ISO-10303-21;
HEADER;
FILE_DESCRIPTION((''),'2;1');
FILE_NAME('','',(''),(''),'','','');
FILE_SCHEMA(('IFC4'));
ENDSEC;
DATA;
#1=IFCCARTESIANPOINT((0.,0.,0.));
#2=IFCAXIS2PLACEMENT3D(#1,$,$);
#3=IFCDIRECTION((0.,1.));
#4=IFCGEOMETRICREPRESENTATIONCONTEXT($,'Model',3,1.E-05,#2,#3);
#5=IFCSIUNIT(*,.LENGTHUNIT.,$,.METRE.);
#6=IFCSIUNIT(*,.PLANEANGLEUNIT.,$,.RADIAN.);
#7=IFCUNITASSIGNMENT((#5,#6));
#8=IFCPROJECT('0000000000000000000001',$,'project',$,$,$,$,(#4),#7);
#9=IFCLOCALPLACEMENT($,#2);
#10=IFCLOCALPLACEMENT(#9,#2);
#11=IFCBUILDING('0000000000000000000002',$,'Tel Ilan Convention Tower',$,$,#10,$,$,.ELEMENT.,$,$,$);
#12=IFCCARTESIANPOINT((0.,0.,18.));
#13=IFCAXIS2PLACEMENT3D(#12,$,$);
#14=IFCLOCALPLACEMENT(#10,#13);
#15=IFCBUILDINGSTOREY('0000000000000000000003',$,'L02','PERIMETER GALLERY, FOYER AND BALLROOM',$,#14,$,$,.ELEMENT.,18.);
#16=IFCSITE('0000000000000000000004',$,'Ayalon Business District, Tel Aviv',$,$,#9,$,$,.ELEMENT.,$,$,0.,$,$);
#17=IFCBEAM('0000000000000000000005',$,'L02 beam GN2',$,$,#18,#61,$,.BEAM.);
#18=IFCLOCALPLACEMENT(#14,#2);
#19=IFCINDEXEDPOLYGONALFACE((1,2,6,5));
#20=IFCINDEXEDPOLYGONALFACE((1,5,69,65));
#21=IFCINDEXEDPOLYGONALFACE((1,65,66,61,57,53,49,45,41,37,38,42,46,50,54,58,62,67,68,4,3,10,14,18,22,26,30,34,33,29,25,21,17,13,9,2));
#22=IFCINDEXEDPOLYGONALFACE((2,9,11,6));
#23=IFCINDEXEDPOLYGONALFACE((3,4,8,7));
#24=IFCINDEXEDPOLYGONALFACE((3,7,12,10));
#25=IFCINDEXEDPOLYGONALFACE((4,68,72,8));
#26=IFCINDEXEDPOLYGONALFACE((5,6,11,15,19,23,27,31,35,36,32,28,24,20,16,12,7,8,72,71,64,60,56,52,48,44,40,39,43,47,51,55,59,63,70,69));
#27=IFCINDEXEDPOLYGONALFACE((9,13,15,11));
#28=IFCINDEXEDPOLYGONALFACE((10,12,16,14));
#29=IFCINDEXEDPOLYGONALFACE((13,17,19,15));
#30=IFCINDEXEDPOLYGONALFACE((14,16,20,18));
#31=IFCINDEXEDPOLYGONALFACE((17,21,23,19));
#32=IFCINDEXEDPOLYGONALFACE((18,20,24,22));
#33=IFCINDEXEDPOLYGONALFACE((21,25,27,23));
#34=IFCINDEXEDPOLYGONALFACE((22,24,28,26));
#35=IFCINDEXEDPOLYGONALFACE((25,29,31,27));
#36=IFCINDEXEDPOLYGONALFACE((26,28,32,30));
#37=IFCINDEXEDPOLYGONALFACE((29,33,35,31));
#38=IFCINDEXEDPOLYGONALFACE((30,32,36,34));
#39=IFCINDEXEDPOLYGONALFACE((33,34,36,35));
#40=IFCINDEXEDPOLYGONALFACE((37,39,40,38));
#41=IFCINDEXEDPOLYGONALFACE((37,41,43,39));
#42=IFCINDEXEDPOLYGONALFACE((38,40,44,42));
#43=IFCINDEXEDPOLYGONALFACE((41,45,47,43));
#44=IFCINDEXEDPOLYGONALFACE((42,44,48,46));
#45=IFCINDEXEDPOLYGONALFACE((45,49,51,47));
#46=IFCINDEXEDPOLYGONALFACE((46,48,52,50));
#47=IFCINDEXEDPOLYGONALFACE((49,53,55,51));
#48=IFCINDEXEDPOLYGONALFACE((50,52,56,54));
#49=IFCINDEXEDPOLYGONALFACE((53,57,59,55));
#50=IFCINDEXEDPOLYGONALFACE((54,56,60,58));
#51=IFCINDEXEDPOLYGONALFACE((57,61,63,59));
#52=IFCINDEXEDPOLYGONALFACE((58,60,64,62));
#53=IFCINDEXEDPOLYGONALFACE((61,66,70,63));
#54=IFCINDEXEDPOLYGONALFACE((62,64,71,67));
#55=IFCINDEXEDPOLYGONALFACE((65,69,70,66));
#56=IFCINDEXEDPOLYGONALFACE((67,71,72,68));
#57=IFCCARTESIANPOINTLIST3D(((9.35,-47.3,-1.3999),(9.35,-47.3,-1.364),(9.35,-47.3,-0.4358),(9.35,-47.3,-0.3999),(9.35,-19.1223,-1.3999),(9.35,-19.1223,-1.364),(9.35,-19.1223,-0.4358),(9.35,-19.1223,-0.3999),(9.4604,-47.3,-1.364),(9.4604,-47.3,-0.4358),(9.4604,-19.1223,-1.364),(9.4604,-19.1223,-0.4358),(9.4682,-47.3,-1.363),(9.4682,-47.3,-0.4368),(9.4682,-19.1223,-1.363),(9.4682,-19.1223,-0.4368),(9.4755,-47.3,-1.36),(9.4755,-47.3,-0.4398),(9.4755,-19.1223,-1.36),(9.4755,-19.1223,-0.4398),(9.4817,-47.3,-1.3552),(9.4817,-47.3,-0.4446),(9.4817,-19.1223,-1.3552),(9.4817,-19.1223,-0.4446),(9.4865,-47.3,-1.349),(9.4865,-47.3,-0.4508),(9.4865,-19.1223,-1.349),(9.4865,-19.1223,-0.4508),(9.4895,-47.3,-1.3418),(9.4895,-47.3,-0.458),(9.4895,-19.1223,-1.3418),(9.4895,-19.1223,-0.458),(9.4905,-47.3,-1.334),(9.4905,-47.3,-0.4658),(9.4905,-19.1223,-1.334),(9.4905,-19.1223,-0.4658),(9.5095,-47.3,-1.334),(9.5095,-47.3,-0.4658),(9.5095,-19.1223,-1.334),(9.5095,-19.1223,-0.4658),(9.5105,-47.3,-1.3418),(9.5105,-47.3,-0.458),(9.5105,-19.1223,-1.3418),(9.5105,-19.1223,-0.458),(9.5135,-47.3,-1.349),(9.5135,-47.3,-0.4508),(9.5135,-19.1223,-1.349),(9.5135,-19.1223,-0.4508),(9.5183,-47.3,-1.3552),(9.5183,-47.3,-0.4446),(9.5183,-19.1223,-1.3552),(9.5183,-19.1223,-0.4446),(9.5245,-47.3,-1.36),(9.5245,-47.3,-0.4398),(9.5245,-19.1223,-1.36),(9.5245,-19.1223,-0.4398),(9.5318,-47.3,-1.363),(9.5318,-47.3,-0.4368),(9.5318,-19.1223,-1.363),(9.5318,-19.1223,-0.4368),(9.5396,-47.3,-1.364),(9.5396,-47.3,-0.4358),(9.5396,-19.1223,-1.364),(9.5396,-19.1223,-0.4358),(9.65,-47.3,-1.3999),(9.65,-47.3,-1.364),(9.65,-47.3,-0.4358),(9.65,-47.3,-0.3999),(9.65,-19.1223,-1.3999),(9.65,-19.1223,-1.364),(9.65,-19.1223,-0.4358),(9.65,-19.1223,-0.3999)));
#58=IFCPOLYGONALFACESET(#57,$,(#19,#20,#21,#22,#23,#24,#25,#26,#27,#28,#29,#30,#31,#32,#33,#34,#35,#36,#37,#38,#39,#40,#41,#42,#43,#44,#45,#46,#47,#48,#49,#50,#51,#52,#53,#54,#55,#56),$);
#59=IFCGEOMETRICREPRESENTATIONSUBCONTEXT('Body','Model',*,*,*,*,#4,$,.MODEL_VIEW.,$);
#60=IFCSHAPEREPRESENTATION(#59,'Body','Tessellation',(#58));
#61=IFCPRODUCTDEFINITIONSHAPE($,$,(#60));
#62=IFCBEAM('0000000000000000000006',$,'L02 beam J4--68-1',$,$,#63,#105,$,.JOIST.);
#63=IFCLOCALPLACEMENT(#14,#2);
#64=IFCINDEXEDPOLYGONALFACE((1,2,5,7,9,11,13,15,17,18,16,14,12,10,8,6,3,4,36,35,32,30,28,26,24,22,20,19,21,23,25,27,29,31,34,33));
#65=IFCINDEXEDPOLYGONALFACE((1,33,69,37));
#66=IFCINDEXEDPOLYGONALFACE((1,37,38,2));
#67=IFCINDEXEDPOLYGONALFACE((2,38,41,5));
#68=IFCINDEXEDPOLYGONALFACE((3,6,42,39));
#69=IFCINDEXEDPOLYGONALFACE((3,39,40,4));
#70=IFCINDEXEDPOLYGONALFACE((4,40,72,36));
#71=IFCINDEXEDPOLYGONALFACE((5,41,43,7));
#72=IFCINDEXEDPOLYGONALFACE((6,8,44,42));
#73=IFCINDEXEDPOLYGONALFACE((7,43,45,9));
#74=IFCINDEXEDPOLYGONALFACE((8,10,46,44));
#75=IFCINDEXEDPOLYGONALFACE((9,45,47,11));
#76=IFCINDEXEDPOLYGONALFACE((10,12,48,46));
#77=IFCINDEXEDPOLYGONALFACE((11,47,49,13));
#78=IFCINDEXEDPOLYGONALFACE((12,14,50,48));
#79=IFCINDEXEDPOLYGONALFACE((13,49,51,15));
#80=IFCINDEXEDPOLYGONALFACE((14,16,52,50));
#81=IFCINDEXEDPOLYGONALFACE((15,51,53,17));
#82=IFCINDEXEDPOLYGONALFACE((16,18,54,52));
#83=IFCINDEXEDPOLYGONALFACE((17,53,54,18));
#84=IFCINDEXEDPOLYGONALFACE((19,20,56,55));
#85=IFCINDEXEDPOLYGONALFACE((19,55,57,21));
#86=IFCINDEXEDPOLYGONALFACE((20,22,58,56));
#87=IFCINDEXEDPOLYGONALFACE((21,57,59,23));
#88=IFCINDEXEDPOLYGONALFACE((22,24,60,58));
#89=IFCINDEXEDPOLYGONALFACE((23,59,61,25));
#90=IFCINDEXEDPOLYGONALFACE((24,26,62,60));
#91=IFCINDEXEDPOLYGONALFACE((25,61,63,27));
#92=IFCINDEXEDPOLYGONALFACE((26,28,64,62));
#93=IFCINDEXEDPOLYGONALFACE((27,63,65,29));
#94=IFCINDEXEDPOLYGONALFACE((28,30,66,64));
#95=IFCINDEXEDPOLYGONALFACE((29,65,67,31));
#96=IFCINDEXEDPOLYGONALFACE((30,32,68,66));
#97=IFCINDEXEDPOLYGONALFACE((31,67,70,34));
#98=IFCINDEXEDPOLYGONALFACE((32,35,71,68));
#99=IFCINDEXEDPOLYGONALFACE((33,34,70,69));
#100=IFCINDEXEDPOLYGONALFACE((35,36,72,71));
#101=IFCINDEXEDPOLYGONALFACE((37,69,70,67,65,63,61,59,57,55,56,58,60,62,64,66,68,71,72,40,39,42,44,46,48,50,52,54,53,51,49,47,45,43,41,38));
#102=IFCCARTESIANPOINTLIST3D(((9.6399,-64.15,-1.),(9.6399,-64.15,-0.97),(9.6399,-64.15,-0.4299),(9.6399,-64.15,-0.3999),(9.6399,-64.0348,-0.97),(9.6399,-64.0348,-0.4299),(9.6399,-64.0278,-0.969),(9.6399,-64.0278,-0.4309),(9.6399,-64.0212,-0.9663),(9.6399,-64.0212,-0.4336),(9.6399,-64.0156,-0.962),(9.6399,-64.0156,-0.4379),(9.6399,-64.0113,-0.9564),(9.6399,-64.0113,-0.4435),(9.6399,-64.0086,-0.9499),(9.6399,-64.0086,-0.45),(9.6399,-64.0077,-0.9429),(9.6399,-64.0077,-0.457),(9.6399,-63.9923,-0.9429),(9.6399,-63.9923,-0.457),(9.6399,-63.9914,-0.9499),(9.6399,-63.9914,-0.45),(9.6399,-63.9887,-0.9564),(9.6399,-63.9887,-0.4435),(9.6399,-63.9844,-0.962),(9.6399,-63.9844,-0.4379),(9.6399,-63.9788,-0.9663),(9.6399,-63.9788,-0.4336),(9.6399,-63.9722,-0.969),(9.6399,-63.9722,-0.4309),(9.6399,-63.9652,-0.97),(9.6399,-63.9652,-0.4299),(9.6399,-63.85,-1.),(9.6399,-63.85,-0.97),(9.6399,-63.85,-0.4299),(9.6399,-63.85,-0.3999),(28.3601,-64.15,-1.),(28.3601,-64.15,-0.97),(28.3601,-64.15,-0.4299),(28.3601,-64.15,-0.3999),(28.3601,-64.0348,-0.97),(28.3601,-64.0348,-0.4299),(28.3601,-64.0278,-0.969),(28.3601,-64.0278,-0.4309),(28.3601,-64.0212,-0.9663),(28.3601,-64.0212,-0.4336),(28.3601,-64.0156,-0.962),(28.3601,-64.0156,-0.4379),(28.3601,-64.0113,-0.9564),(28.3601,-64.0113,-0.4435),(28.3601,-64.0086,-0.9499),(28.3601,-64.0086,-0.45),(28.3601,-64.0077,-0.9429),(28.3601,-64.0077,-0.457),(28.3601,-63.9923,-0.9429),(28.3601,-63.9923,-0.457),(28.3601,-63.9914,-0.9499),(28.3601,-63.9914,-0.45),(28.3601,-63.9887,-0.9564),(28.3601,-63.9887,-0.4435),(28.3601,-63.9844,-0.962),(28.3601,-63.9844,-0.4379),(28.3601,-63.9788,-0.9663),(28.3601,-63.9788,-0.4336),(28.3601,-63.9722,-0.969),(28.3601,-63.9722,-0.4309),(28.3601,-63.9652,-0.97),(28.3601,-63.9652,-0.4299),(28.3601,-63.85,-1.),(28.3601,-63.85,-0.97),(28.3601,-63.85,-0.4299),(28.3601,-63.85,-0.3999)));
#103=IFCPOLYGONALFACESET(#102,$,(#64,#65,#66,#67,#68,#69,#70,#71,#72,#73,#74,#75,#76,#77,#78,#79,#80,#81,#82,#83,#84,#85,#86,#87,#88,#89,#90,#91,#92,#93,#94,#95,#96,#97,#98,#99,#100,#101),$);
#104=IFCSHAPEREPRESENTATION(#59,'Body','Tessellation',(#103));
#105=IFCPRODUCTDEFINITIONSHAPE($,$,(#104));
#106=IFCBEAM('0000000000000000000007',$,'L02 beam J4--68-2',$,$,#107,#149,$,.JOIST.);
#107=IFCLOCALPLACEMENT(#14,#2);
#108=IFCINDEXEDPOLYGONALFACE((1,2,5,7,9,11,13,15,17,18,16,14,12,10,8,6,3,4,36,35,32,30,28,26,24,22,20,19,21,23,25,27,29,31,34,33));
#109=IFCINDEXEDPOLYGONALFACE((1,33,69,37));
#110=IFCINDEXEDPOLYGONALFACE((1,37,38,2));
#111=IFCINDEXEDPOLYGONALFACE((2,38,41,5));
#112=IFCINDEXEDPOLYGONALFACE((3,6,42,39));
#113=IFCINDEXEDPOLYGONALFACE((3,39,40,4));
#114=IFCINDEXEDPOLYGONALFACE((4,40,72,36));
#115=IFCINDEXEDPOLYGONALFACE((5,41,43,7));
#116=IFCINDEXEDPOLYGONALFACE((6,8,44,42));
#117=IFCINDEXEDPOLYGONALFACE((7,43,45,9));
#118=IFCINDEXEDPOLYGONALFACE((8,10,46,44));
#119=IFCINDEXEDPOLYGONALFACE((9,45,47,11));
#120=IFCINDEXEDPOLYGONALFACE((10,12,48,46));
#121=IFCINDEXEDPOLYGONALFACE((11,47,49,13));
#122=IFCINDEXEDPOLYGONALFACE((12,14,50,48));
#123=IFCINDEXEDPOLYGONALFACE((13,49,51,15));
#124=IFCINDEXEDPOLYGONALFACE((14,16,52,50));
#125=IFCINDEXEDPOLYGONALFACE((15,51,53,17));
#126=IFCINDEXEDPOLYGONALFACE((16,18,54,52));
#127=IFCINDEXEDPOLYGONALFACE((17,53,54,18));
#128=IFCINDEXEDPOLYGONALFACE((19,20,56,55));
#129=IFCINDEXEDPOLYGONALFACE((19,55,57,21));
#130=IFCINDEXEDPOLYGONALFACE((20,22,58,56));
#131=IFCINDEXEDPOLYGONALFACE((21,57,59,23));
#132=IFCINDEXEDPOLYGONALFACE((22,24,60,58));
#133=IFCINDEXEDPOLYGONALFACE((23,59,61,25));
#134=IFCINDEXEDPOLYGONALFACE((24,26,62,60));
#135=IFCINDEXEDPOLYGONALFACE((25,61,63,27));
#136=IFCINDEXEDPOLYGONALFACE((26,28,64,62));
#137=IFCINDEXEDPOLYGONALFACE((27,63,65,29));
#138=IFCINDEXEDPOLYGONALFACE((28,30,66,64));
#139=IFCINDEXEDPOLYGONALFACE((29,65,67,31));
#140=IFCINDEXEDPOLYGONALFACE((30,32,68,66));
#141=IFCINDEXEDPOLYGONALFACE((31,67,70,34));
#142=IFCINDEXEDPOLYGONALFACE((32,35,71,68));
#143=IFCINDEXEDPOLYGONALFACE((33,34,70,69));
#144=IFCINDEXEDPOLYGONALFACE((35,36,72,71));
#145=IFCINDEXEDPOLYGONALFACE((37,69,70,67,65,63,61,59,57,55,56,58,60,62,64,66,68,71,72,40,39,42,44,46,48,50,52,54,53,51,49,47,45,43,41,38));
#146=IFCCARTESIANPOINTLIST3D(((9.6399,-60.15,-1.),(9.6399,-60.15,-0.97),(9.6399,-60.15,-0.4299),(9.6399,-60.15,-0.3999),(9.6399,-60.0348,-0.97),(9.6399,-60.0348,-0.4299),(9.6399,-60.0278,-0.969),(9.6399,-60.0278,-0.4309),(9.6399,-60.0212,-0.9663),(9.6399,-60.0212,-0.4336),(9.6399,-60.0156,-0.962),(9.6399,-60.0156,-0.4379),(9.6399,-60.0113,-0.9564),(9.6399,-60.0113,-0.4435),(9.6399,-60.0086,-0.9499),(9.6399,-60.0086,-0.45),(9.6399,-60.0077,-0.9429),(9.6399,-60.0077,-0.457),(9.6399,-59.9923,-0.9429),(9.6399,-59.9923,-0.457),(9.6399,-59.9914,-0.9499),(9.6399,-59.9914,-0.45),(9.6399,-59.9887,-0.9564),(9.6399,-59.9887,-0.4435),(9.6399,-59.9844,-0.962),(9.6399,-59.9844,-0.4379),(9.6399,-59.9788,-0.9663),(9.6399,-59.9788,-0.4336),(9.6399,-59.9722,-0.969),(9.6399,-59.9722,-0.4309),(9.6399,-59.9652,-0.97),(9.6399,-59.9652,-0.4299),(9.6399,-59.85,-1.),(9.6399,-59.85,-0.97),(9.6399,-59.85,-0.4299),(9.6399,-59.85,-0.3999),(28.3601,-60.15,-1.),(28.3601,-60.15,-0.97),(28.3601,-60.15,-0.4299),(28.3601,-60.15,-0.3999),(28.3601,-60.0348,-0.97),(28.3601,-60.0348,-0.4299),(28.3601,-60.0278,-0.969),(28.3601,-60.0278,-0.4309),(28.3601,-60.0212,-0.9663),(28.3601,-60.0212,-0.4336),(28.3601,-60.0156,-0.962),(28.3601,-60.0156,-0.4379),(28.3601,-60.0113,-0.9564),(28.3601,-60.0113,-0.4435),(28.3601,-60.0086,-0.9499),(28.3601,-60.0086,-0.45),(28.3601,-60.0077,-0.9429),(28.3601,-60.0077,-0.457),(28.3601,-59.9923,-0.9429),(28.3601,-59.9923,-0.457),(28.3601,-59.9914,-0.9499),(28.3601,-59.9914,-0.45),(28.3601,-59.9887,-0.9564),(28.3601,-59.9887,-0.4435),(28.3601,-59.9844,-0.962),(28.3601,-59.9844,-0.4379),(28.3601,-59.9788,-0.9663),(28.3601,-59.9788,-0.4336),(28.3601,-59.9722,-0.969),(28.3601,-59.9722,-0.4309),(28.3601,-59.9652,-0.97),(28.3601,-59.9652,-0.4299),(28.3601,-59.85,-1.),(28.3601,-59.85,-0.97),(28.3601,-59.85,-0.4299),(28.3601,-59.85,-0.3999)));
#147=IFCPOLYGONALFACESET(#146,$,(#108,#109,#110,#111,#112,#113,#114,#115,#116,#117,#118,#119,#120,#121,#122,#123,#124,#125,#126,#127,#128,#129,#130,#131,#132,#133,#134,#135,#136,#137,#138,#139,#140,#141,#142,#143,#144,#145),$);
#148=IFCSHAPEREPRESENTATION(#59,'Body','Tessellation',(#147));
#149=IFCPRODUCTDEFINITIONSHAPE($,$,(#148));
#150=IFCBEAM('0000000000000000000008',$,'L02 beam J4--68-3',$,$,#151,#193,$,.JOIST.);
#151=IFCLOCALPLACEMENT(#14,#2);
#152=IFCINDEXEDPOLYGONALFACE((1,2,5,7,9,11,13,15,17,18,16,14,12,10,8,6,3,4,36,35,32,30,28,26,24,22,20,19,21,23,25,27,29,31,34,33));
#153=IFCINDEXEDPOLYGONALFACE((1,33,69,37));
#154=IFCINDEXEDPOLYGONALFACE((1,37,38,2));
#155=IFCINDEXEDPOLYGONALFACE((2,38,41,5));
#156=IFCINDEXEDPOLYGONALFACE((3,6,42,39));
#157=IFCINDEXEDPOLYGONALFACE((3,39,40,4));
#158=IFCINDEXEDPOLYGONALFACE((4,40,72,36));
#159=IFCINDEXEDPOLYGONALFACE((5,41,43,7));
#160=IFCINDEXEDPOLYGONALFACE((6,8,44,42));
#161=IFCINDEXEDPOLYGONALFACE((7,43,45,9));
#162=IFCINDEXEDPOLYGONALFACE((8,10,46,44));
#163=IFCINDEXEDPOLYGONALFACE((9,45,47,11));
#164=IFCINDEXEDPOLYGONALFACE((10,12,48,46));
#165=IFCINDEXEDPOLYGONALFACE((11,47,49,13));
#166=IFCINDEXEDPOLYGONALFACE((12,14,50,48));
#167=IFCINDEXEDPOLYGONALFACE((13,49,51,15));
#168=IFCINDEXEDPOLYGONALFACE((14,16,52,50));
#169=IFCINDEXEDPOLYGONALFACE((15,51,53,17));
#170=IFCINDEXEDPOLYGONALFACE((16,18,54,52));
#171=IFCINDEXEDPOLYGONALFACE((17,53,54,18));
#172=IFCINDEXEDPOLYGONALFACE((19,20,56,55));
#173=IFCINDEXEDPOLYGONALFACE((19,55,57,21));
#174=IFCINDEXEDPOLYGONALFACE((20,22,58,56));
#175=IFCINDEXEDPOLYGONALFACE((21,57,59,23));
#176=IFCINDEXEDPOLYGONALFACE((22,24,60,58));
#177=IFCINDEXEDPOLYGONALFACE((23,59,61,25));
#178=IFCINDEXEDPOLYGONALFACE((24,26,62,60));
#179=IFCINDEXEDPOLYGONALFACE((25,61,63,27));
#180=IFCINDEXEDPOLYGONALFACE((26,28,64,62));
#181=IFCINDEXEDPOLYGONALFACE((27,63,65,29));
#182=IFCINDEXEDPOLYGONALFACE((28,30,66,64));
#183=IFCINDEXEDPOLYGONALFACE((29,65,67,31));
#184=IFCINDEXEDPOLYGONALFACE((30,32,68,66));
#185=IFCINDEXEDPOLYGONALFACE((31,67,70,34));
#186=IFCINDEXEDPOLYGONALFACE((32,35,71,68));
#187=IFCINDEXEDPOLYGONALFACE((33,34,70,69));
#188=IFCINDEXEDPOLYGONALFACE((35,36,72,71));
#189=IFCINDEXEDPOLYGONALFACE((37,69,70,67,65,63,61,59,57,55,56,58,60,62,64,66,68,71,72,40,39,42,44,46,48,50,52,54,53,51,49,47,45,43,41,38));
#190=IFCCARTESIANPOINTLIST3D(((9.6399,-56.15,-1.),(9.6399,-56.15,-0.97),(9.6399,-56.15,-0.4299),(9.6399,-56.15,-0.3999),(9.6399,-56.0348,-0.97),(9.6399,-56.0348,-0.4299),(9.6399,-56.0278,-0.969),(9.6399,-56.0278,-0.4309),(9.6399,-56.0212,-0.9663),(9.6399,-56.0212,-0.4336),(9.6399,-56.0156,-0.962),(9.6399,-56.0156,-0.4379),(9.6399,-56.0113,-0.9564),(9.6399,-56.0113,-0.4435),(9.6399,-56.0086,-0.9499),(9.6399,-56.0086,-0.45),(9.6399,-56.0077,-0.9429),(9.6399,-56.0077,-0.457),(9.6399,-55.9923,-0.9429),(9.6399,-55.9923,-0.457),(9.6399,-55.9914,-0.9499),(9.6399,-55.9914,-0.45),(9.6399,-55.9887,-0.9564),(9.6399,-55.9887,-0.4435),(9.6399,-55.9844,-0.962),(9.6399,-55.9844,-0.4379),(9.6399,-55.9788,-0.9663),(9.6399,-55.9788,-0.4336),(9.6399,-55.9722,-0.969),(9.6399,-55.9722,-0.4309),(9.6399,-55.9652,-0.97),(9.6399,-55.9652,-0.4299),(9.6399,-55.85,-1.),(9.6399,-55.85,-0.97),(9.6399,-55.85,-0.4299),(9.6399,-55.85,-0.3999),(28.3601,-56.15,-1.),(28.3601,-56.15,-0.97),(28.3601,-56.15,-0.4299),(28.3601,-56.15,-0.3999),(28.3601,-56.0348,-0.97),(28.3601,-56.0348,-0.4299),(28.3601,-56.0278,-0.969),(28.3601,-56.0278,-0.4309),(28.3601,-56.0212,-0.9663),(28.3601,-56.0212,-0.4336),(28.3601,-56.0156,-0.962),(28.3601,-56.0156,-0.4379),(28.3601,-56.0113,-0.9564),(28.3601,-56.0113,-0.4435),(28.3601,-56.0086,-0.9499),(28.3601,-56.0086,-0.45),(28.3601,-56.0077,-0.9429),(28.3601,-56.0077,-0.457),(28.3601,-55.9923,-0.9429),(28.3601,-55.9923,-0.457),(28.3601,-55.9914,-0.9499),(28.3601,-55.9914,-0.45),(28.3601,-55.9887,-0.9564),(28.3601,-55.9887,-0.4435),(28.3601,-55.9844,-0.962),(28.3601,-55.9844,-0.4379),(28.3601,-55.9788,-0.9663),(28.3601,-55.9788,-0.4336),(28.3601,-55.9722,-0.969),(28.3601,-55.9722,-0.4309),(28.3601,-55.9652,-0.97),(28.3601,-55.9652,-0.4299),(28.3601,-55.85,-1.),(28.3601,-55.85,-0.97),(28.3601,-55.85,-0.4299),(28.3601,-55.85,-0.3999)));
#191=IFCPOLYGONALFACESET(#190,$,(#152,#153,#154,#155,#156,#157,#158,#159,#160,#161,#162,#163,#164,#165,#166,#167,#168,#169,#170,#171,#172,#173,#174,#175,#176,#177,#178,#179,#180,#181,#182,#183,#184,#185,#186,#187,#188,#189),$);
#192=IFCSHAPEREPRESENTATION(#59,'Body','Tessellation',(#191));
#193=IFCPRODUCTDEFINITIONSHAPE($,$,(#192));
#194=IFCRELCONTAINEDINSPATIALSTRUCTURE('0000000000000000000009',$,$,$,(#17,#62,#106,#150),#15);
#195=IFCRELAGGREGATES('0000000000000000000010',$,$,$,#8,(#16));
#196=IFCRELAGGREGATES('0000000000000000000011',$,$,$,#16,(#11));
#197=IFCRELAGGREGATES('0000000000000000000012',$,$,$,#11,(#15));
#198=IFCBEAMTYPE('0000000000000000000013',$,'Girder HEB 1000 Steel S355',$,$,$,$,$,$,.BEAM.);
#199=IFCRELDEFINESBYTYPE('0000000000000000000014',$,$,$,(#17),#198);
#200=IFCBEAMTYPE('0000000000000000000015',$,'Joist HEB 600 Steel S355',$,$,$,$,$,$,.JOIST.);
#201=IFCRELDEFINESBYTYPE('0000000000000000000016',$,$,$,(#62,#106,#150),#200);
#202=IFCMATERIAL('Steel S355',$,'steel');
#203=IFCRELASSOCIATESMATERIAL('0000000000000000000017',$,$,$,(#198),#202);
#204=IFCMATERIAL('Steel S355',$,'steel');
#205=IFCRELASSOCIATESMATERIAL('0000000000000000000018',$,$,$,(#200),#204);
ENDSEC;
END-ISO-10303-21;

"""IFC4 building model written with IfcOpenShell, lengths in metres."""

from ifc_helpers import new_model, si_unit, direction, frame, origin, origin_2d, place, context, subcontext, project, spatial, i_section, extrude, material, material_profile, profile_set, type_object, element, save


model = new_model("IFC4")

# Units and contexts
model_context = context("Model", 3, precision=1e-05, world=origin(), true_north=direction((0.0, 1.0)))
body_context = subcontext(model_context, "Body", "Model", "MODEL_VIEW")
ifc_project = project(units=[si_unit("LENGTHUNIT", "METRE"), si_unit("PLANEANGLEUNIT", "RADIAN")], contexts=[model_context])

# Site, building, storey
site_placement = place(None, origin())
site = spatial("IfcSite", under=ifc_project, at=site_placement, Name="Ayalon Business District, Tel Aviv", CompositionType="ELEMENT", RefElevation=0.0)
building_placement = place(site_placement, origin())
building = spatial("IfcBuilding", under=site, at=building_placement, Name="Tel Ilan Convention Tower", CompositionType="ELEMENT")
storey_placement = place(building_placement, frame((0.0, 0.0, 18.0)))
storey = spatial("IfcBuildingStorey", under=building, at=storey_placement, Name="L02", Description="PERIMETER GALLERY, FOYER AND BALLROOM", CompositionType="ELEMENT", Elevation=18.0)

# Beams
ifc_material_1 = material(Name="Steel S355", Category="steel")
ifc_material_profile_1 = material_profile(ifc_material_1, i_section(OverallWidth=0.3, OverallDepth=1.0, WebThickness=0.019, FlangeThickness=0.0359, FilletRadius=0.03, at=origin_2d()), Name="HEB 1000")
ifc_profile_set_1 = profile_set([ifc_material_profile_1], Name="Steel S355")
beam_type_1 = type_object("IfcBeamType", Name="Girder HEB 1000 Steel S355", PredefinedType="BEAM", material=ifc_profile_set_1)
beam_1_placement = place(storey_placement, frame((9.5, -47.3, -0.8999), z_axis=(0.0, 1.0, 0.0), x_axis=(-1.0, 0.0, 0.0)))
element("IfcBeam", 1, at=beam_1_placement, inside=storey, type_object=beam_type_1, Name="L02 beam GN2", PredefinedType="BEAM", context=body_context, shape_type="SweptSolid", body=[
    extrude(i_section(OverallWidth=0.3, OverallDepth=1.0, WebThickness=0.019, FlangeThickness=0.0359, FilletRadius=0.03, at=origin_2d()), origin(), (0.0, 0.0, 1.0), 28.1777),
])
ifc_material_2 = material(Name="Steel S355", Category="steel")
ifc_material_profile_2 = material_profile(ifc_material_2, i_section(OverallWidth=0.3, OverallDepth=0.6001, WebThickness=0.0154, FlangeThickness=0.03, FilletRadius=0.0271, at=origin_2d()), Name="HEB 600")
ifc_profile_set_2 = profile_set([ifc_material_profile_2], Name="Steel S355")
beam_type_2 = type_object("IfcBeamType", Name="Joist HEB 600 Steel S355", PredefinedType="JOIST", material=ifc_profile_set_2)
for number, where, z_axis, x_axis, name in (
    (2, (9.6399, -64.0, -0.7), (1.0, 0.0, 0.0), (0.0, 1.0, 0.0), "L02 beam J4--68-1"),
    (3, (9.6399, -60.0, -0.7), (1.0, 0.0, 0.0), (0.0, 1.0, 0.0), "L02 beam J4--68-2"),
    (4, (9.6399, -56.0, -0.7), (1.0, 0.0, 0.0), (0.0, 1.0, 0.0), "L02 beam J4--68-3"),
):
    element("IfcBeam", number, at=place(storey_placement, frame(where, z_axis=z_axis, x_axis=x_axis)), inside=storey, type_object=beam_type_2, Name=name, PredefinedType="JOIST", context=body_context, shape_type="SweptSolid", body=[
        extrude(i_section(OverallWidth=0.3, OverallDepth=0.6001, WebThickness=0.0154, FlangeThickness=0.03, FilletRadius=0.0271, at=origin_2d()), origin(), (0.0, 0.0, 1.0), 18.7202),
    ])

save(model, "model.ifc")
